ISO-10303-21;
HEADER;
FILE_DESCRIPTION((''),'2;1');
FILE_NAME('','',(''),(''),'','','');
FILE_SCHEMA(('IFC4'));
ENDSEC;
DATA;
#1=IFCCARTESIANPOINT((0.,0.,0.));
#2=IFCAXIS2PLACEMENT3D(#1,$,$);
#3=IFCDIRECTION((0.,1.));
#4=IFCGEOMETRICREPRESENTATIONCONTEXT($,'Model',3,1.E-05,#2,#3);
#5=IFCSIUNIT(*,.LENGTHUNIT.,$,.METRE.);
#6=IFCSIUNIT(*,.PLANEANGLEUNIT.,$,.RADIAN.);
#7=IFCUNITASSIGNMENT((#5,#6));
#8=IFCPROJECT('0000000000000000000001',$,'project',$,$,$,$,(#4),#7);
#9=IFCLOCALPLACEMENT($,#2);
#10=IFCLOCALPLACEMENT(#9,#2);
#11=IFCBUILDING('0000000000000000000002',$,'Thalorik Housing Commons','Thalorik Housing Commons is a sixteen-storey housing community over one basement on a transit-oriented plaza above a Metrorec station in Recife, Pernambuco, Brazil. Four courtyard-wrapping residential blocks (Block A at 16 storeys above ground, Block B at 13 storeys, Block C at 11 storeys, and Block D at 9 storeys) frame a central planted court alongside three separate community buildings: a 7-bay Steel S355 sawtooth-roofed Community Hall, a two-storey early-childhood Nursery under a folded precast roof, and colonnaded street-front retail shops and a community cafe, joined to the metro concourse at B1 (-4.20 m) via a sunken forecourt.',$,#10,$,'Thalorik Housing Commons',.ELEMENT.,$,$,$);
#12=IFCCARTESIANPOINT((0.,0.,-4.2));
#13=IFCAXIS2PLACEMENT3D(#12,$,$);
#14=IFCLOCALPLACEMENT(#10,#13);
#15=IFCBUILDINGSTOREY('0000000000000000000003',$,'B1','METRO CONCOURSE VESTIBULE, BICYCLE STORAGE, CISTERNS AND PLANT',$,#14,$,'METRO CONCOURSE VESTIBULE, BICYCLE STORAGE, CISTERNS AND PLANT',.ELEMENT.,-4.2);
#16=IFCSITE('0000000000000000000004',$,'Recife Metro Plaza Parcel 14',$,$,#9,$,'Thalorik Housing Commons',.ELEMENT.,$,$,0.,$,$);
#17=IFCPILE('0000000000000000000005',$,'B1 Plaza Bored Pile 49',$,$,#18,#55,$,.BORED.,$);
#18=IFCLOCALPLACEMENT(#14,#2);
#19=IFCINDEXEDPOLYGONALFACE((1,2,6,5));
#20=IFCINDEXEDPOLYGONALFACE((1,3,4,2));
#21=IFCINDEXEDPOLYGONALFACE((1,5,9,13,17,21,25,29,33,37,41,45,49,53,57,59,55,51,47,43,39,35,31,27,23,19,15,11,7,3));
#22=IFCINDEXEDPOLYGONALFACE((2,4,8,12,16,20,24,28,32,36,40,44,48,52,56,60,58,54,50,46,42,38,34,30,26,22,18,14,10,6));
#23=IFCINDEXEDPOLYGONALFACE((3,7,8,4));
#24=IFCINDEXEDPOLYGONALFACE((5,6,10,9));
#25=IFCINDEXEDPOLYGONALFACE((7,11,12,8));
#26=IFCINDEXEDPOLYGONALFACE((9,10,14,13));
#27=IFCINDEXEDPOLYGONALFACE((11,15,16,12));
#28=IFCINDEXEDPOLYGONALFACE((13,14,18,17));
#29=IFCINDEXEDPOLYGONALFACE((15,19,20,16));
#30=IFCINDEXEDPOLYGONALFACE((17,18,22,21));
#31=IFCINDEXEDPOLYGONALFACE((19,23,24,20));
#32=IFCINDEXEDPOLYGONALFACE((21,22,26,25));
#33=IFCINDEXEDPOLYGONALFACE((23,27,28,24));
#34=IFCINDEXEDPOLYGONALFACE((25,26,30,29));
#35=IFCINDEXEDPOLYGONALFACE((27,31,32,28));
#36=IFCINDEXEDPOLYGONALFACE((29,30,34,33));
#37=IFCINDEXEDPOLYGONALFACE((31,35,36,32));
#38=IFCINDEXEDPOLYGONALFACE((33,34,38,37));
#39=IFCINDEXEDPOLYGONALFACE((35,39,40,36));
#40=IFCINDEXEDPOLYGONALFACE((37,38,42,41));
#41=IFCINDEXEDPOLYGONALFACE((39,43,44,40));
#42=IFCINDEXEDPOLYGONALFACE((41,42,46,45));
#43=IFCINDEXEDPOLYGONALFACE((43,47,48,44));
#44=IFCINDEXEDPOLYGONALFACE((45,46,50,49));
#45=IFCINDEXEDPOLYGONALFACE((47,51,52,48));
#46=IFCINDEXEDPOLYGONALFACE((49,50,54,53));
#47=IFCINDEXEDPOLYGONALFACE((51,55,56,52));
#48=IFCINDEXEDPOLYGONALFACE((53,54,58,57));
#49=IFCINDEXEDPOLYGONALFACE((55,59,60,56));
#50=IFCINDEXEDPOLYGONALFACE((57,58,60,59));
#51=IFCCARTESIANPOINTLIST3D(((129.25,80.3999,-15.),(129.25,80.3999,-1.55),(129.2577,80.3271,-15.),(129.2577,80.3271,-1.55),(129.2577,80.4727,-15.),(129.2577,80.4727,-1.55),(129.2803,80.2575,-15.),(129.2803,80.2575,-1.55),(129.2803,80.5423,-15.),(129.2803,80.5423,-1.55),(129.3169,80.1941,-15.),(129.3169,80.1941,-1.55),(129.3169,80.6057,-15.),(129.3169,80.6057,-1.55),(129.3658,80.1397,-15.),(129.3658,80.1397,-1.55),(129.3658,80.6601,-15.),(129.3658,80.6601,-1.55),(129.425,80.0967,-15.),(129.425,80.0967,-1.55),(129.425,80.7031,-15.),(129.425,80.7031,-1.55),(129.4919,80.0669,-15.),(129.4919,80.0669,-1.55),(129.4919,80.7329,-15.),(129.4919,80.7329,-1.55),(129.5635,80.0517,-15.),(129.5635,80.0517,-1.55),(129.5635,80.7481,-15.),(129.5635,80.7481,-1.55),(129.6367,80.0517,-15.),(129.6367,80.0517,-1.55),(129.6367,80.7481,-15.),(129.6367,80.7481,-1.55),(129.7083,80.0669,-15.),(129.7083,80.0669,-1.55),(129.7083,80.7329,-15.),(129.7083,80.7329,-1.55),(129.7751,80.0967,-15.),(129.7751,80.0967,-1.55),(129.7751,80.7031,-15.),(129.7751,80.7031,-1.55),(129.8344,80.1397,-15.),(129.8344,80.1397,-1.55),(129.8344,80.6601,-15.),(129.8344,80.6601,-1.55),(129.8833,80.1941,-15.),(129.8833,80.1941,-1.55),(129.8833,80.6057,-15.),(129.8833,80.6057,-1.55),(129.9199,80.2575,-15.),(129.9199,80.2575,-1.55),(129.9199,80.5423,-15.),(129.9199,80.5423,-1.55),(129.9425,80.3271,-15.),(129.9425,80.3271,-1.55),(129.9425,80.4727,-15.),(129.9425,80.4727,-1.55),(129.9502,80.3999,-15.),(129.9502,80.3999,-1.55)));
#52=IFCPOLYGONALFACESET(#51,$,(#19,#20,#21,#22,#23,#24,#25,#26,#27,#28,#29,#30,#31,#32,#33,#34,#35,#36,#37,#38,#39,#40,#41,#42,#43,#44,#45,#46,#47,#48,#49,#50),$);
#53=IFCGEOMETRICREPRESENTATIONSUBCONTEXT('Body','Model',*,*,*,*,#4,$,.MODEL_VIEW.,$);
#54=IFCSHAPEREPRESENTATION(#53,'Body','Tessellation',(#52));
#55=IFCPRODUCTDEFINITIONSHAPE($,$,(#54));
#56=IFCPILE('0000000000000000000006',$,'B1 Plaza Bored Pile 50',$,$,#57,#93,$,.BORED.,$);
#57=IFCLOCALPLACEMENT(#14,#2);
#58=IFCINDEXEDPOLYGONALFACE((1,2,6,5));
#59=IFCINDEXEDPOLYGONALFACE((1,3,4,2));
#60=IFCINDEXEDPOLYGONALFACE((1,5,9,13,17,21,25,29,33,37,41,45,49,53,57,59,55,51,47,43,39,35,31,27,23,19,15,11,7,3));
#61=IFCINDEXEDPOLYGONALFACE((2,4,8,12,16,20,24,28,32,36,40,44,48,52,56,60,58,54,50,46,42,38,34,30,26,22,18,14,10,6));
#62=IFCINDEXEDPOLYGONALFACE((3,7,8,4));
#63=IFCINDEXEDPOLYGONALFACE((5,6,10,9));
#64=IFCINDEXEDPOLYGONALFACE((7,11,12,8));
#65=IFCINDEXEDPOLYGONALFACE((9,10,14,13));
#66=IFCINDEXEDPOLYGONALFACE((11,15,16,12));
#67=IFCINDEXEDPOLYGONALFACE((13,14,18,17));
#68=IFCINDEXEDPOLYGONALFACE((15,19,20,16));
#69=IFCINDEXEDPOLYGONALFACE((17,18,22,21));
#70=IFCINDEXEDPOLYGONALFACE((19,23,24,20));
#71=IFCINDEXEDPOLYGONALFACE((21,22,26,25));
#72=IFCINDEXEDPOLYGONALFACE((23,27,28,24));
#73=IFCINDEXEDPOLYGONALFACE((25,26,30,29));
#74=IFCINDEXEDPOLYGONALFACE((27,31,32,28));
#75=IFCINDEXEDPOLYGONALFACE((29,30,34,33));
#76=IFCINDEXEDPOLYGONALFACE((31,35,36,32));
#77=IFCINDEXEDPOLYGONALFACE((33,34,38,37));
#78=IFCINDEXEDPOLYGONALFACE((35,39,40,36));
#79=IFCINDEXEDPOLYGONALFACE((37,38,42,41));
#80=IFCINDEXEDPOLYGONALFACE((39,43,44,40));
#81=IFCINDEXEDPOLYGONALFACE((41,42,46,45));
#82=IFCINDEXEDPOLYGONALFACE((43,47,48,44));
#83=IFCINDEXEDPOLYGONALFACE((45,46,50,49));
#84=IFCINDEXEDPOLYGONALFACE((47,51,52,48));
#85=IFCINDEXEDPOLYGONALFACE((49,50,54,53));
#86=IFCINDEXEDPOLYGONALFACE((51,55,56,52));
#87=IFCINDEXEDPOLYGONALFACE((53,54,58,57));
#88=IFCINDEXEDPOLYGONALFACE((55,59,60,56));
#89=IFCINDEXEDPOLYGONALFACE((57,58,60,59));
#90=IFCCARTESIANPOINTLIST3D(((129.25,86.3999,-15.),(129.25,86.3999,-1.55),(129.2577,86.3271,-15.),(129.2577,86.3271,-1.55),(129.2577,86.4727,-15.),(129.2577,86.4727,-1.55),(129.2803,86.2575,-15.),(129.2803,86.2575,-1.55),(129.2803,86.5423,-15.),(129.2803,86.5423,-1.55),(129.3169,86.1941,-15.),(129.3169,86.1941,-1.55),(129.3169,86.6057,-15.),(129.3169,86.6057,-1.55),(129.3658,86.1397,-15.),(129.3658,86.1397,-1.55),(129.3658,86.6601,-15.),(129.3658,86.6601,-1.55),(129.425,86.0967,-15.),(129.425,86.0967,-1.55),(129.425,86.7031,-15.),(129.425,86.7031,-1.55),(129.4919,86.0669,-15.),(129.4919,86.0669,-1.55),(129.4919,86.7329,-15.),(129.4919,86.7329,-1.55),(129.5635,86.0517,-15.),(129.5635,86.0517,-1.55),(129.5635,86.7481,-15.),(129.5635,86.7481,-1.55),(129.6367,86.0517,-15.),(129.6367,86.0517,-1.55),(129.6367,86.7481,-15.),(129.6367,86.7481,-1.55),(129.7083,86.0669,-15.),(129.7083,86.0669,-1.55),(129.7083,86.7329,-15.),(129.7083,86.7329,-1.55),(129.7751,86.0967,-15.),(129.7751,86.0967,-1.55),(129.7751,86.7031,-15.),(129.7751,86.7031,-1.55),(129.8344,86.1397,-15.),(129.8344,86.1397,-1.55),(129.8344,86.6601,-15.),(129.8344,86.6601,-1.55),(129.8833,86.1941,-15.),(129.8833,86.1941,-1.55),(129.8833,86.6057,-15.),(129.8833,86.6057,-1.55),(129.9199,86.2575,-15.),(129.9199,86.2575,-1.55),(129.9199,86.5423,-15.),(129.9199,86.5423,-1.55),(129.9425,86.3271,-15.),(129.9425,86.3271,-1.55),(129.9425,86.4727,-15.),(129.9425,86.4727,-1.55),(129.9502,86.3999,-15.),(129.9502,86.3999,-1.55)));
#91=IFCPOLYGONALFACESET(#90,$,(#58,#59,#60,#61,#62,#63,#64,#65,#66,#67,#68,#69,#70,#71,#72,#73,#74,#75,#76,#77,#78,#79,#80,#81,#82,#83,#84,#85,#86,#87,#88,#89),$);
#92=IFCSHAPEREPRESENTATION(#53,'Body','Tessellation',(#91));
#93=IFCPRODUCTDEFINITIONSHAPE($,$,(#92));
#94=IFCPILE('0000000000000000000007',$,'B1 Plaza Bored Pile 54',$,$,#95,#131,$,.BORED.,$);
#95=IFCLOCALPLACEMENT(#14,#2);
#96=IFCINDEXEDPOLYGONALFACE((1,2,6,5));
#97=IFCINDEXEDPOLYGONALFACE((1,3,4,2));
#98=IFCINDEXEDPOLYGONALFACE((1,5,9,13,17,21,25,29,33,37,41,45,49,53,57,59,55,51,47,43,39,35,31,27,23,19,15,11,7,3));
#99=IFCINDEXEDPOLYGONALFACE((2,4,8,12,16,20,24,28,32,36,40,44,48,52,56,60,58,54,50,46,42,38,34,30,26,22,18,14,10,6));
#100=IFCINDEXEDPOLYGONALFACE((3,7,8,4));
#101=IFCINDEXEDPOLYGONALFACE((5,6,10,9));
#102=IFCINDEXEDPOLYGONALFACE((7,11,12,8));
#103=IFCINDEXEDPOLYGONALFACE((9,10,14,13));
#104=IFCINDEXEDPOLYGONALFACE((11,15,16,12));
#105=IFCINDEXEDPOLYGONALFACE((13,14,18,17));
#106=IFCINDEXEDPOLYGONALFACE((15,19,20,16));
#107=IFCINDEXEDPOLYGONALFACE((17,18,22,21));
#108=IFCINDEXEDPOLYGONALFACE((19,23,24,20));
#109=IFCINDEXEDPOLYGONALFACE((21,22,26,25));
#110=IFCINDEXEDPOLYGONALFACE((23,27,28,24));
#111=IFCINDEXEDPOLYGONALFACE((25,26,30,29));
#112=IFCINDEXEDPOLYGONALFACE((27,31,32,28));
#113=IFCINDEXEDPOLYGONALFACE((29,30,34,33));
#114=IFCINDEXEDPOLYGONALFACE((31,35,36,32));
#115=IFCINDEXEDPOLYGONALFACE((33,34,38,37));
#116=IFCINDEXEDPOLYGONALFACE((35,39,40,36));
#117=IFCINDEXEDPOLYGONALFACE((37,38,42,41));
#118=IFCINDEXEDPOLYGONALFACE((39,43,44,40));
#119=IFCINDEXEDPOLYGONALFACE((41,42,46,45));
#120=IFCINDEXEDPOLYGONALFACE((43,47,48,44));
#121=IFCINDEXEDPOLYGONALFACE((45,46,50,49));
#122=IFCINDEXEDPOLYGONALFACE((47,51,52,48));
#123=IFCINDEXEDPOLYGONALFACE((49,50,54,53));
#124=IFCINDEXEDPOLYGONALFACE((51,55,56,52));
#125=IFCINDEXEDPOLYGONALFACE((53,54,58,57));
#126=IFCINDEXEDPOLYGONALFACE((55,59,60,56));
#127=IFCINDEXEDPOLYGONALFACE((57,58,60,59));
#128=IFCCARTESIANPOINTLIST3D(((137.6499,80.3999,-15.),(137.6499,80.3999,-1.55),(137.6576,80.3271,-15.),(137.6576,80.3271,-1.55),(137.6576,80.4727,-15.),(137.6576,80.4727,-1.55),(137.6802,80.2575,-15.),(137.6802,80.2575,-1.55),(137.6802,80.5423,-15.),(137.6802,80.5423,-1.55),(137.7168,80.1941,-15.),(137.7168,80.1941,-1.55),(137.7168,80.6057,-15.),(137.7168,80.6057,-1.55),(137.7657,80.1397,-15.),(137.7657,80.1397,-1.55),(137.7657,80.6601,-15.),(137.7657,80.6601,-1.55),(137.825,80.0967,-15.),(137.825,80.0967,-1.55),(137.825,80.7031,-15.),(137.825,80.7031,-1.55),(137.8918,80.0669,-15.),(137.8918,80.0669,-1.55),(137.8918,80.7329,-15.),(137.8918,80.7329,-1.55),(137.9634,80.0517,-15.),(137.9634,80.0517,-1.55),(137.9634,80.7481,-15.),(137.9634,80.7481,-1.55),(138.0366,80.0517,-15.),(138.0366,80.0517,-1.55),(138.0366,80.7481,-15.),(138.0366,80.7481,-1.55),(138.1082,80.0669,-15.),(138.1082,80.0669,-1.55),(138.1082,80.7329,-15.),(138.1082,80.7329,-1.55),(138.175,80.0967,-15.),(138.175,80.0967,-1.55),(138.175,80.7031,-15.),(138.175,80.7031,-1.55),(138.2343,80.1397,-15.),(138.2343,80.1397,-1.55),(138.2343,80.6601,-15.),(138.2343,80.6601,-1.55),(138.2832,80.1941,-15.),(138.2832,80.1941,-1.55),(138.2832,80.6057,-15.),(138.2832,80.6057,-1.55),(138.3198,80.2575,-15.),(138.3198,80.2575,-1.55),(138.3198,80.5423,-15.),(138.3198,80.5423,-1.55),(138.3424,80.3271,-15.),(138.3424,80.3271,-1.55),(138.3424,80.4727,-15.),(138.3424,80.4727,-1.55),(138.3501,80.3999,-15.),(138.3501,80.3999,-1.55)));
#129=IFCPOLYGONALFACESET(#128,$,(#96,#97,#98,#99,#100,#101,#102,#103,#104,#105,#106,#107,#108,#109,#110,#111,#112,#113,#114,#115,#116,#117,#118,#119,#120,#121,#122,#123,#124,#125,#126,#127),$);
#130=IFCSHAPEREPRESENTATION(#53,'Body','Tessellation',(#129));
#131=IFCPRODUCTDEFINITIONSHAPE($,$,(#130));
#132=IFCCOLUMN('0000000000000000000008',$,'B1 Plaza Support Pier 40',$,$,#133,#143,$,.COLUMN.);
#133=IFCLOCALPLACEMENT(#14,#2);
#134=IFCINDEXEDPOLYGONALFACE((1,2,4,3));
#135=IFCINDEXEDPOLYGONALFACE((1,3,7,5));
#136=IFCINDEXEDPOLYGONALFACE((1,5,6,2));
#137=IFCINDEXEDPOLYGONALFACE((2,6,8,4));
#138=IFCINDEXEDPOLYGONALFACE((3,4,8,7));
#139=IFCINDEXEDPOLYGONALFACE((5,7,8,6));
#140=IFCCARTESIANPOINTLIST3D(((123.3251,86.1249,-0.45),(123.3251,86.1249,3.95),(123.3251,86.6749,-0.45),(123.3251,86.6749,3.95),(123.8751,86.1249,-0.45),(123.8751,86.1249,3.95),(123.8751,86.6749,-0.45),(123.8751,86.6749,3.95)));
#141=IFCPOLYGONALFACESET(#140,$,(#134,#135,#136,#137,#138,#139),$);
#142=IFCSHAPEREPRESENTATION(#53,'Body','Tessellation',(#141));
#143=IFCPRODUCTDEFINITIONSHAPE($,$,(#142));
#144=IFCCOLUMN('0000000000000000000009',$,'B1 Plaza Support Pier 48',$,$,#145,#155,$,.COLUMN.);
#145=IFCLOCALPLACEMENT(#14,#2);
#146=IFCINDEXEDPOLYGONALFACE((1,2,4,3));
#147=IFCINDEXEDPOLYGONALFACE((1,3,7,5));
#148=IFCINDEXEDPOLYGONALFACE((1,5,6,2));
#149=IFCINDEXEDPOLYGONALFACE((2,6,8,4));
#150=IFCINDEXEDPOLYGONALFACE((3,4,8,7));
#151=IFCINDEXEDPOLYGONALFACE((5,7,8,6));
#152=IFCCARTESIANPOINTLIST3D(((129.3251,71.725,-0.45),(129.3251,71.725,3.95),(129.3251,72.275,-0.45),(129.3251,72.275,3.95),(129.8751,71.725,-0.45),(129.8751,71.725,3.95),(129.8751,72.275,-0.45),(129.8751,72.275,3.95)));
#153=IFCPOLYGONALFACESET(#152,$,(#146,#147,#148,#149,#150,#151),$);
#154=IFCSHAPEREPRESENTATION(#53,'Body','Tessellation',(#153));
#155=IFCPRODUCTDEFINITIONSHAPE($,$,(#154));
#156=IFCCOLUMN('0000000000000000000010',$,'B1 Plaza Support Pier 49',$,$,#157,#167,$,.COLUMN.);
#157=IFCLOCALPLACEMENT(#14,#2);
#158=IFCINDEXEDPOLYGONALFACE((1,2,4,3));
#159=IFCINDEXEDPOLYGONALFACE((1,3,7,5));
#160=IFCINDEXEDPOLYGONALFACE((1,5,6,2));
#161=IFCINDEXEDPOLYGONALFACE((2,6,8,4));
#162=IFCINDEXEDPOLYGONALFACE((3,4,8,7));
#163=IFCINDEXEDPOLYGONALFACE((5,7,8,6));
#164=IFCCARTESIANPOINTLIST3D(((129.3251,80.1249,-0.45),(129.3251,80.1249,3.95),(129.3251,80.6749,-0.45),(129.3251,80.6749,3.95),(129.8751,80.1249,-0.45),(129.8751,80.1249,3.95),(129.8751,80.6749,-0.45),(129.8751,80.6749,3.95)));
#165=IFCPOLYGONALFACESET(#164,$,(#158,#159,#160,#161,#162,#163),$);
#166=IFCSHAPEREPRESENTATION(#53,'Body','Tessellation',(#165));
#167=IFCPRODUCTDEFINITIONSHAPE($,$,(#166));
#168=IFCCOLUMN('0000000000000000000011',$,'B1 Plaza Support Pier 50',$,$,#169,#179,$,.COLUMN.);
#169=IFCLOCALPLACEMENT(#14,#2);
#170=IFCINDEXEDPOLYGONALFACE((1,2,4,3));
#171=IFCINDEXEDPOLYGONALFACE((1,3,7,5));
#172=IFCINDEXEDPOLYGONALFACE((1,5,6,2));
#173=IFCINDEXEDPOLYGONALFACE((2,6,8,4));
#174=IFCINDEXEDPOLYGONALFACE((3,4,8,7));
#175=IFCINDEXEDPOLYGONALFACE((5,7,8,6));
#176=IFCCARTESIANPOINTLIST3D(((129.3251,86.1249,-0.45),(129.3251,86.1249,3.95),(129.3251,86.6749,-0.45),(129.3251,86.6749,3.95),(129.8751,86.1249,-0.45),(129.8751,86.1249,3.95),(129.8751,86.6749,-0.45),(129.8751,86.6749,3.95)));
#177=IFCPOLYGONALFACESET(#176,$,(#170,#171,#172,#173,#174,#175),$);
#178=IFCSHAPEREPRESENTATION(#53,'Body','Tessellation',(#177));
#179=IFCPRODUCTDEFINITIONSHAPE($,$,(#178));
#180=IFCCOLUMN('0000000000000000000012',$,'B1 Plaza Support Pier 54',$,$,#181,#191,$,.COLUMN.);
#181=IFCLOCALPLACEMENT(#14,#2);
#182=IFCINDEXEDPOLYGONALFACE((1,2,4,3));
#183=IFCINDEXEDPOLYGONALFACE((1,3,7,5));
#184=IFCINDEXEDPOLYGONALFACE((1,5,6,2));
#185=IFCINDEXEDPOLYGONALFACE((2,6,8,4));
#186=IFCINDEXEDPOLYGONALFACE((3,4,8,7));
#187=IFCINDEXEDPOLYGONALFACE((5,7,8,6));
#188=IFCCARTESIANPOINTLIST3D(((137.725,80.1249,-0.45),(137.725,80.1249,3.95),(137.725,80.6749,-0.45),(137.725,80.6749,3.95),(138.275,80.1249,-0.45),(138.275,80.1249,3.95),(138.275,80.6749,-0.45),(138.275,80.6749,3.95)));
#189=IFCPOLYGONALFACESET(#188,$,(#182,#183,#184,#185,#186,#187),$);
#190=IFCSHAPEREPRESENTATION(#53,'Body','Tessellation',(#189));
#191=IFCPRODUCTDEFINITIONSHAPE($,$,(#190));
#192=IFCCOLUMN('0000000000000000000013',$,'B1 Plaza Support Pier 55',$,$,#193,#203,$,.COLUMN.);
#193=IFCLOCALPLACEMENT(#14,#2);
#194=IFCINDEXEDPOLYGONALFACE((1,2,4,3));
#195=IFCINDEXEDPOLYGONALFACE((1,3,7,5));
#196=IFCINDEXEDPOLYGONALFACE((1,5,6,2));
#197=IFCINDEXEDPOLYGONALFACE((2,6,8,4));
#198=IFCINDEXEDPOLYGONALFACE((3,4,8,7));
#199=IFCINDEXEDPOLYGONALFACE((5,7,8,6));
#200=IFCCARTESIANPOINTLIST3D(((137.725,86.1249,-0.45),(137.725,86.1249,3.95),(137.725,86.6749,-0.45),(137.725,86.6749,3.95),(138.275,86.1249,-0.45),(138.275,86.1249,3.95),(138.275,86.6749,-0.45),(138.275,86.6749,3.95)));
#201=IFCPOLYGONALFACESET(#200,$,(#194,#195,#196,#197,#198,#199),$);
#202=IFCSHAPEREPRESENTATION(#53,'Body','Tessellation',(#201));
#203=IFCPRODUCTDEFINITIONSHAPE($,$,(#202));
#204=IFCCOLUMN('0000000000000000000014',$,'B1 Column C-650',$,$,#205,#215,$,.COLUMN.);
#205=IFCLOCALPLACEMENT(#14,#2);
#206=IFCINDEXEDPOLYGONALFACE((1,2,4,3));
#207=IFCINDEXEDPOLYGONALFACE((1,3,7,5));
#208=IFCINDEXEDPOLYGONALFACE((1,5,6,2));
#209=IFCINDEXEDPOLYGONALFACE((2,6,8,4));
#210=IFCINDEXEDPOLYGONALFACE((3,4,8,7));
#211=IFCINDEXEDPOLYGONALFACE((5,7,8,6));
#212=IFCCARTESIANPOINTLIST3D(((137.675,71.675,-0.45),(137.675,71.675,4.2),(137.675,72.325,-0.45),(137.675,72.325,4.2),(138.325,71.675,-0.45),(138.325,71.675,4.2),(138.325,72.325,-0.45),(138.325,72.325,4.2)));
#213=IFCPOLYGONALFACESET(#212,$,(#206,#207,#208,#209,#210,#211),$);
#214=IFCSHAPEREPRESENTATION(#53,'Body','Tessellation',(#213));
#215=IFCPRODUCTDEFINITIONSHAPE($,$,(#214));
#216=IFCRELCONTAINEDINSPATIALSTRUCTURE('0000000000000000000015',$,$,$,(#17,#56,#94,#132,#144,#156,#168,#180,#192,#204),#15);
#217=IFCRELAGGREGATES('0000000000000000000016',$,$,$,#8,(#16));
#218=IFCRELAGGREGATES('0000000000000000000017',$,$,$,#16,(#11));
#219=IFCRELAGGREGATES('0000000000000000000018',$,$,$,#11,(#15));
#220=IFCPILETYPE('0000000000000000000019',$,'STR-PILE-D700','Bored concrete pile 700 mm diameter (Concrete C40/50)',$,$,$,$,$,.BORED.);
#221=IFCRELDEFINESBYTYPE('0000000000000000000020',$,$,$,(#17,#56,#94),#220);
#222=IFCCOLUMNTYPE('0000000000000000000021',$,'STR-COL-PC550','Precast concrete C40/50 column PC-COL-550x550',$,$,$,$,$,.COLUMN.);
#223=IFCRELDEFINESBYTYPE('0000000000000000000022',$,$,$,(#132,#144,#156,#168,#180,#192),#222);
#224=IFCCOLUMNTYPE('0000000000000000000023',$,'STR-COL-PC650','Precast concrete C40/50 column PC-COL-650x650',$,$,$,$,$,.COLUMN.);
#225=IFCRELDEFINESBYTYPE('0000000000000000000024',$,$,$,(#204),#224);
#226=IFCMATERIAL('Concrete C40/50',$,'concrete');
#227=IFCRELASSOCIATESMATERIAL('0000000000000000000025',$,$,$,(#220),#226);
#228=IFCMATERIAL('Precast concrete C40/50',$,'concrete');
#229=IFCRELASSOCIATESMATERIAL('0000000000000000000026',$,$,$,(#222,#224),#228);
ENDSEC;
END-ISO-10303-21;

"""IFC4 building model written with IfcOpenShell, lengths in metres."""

from ifc_helpers import new_model, si_unit, direction, frame, origin, origin_2d, place, context, subcontext, project, spatial, rectangle, circle, extrude, material, material_profile, profile_set, type_object, element, save


model = new_model("IFC4")

# Units and contexts
model_context = context("Model", 3, precision=1e-05, world=origin(), true_north=direction((0.0, 1.0)))
body_context = subcontext(model_context, "Body", "Model", "MODEL_VIEW")
ifc_project = project(units=[si_unit("LENGTHUNIT", "METRE"), si_unit("PLANEANGLEUNIT", "RADIAN")], contexts=[model_context])

# Site, building, storey
site_placement = place(None, origin())
site = spatial("IfcSite", under=ifc_project, at=site_placement, Name="Recife Metro Plaza Parcel 14", LongName="Thalorik Housing Commons", CompositionType="ELEMENT", RefElevation=0.0)
building_placement = place(site_placement, origin())
building = spatial("IfcBuilding", under=site, at=building_placement, Name="Thalorik Housing Commons", Description="Thalorik Housing Commons is a sixteen-storey housing community over one basement on a transit-oriented plaza above a Metrorec station in Recife, Pernambuco, Brazil. Four courtyard-wrapping residential blocks (Block A at 16 storeys above ground, Block B at 13 storeys, Block C at 11 storeys, and Block D at 9 storeys) frame a central planted court alongside three separate community buildings: a 7-bay Steel S355 sawtooth-roofed Community Hall, a two-storey early-childhood Nursery under a folded precast roof, and colonnaded street-front retail shops and a community cafe, joined to the metro concourse at B1 (-4.20 m) via a sunken forecourt.", LongName="Thalorik Housing Commons", CompositionType="ELEMENT")
storey_placement = place(building_placement, frame((0.0, 0.0, -4.2)))
storey = spatial("IfcBuildingStorey", under=building, at=storey_placement, Name="B1", Description="METRO CONCOURSE VESTIBULE, BICYCLE STORAGE, CISTERNS AND PLANT", LongName="METRO CONCOURSE VESTIBULE, BICYCLE STORAGE, CISTERNS AND PLANT", CompositionType="ELEMENT", Elevation=-4.2)

# Shared definitions
ifc_material_1 = material(Name="Concrete C40/50", Category="concrete")

# Piles
ifc_material_profile_1 = material_profile(ifc_material_1, circle(Radius=0.3501, at=origin_2d()), Name="BORED PILE D700", Category="concrete")
ifc_profile_set_1 = profile_set([ifc_material_profile_1], Name="Concrete C40/50")
pile_type = type_object("IfcPileType", Name="STR-PILE-D700", Description="Bored concrete pile 700 mm diameter (Concrete C40/50)", PredefinedType="BORED", material=ifc_profile_set_1)
for number, where, z_axis, x_axis, name in (
    (1, (129.6001, 80.3999, -1.55), (0.0, 0.0, -1.0), (1.0, 0.0, 0.0), "B1 Plaza Bored Pile 49"),
    (2, (129.6001, 86.3999, -1.55), (0.0, 0.0, -1.0), (1.0, 0.0, 0.0), "B1 Plaza Bored Pile 50"),
    (3, (138.0, 80.3999, -1.55), (0.0, 0.0, -1.0), (1.0, 0.0, 0.0), "B1 Plaza Bored Pile 54"),
):
    element("IfcPile", number, at=place(storey_placement, frame(where, z_axis=z_axis, x_axis=x_axis)), inside=storey, type_object=pile_type, Name=name, PredefinedType="BORED", context=body_context, shape_type="SweptSolid", body=[
        extrude(circle(Radius=0.3501, at=origin_2d()), origin(), (0.0, 0.0, 1.0), 13.45),
    ])

# Columns
ifc_material_2 = material(Name="Precast concrete C40/50", Category="concrete")
ifc_material_profile_2 = material_profile(ifc_material_2, rectangle(XDim=0.55, YDim=0.55, at=origin_2d()), Name="PC 550x550", Category="concrete")
ifc_profile_set_2 = profile_set([ifc_material_profile_2], Name="Precast concrete C40/50")
column_type_1 = type_object("IfcColumnType", Name="STR-COL-PC550", Description="Precast concrete C40/50 column PC-COL-550x550", PredefinedType="COLUMN", material=ifc_profile_set_2)
for number, where, z_axis, x_axis, name in (
    (4, (123.6001, 86.3999, -0.45), (0.0, 0.0, 1.0), (1.0, 0.0, 0.0), "B1 Plaza Support Pier 40"),
    (5, (129.6001, 72.0, -0.45), (0.0, 0.0, 1.0), (1.0, 0.0, 0.0), "B1 Plaza Support Pier 48"),
    (6, (129.6001, 80.3999, -0.45), (0.0, 0.0, 1.0), (1.0, 0.0, 0.0), "B1 Plaza Support Pier 49"),
    (7, (129.6001, 86.3999, -0.45), (0.0, 0.0, 1.0), (1.0, 0.0, 0.0), "B1 Plaza Support Pier 50"),
    (8, (138.0, 80.3999, -0.45), (0.0, 0.0, 1.0), (1.0, 0.0, 0.0), "B1 Plaza Support Pier 54"),
    (9, (138.0, 86.3999, -0.45), (0.0, 0.0, 1.0), (1.0, 0.0, 0.0), "B1 Plaza Support Pier 55"),
):
    element("IfcColumn", number, at=place(storey_placement, frame(where, z_axis=z_axis, x_axis=x_axis)), inside=storey, type_object=column_type_1, Name=name, PredefinedType="COLUMN", context=body_context, shape_type="SweptSolid", body=[
        extrude(rectangle(XDim=0.55, YDim=0.55, at=origin_2d()), origin(), (0.0, 0.0, 1.0), 4.3999),
    ])
ifc_material_profile_3 = material_profile(ifc_material_2, rectangle(XDim=0.6499, YDim=0.6499, at=origin_2d()), Name="PC 650x650", Category="concrete")
ifc_profile_set_3 = profile_set([ifc_material_profile_3], Name="Precast concrete C40/50")
column_type_2 = type_object("IfcColumnType", Name="STR-COL-PC650", Description="Precast concrete C40/50 column PC-COL-650x650", PredefinedType="COLUMN", material=ifc_profile_set_3)
column_placement = place(storey_placement, frame((138.0, 72.0, -0.45), z_axis=(0.0, 0.0, 1.0), x_axis=(1.0, 0.0, 0.0)))
element("IfcColumn", 10, at=column_placement, inside=storey, type_object=column_type_2, Name="B1 Column C-650", PredefinedType="COLUMN", context=body_context, shape_type="SweptSolid", body=[
    extrude(rectangle(XDim=0.6499, YDim=0.6499, at=origin_2d()), origin(), (0.0, 0.0, 1.0), 4.6499),
])

save(model, "model.ifc")
